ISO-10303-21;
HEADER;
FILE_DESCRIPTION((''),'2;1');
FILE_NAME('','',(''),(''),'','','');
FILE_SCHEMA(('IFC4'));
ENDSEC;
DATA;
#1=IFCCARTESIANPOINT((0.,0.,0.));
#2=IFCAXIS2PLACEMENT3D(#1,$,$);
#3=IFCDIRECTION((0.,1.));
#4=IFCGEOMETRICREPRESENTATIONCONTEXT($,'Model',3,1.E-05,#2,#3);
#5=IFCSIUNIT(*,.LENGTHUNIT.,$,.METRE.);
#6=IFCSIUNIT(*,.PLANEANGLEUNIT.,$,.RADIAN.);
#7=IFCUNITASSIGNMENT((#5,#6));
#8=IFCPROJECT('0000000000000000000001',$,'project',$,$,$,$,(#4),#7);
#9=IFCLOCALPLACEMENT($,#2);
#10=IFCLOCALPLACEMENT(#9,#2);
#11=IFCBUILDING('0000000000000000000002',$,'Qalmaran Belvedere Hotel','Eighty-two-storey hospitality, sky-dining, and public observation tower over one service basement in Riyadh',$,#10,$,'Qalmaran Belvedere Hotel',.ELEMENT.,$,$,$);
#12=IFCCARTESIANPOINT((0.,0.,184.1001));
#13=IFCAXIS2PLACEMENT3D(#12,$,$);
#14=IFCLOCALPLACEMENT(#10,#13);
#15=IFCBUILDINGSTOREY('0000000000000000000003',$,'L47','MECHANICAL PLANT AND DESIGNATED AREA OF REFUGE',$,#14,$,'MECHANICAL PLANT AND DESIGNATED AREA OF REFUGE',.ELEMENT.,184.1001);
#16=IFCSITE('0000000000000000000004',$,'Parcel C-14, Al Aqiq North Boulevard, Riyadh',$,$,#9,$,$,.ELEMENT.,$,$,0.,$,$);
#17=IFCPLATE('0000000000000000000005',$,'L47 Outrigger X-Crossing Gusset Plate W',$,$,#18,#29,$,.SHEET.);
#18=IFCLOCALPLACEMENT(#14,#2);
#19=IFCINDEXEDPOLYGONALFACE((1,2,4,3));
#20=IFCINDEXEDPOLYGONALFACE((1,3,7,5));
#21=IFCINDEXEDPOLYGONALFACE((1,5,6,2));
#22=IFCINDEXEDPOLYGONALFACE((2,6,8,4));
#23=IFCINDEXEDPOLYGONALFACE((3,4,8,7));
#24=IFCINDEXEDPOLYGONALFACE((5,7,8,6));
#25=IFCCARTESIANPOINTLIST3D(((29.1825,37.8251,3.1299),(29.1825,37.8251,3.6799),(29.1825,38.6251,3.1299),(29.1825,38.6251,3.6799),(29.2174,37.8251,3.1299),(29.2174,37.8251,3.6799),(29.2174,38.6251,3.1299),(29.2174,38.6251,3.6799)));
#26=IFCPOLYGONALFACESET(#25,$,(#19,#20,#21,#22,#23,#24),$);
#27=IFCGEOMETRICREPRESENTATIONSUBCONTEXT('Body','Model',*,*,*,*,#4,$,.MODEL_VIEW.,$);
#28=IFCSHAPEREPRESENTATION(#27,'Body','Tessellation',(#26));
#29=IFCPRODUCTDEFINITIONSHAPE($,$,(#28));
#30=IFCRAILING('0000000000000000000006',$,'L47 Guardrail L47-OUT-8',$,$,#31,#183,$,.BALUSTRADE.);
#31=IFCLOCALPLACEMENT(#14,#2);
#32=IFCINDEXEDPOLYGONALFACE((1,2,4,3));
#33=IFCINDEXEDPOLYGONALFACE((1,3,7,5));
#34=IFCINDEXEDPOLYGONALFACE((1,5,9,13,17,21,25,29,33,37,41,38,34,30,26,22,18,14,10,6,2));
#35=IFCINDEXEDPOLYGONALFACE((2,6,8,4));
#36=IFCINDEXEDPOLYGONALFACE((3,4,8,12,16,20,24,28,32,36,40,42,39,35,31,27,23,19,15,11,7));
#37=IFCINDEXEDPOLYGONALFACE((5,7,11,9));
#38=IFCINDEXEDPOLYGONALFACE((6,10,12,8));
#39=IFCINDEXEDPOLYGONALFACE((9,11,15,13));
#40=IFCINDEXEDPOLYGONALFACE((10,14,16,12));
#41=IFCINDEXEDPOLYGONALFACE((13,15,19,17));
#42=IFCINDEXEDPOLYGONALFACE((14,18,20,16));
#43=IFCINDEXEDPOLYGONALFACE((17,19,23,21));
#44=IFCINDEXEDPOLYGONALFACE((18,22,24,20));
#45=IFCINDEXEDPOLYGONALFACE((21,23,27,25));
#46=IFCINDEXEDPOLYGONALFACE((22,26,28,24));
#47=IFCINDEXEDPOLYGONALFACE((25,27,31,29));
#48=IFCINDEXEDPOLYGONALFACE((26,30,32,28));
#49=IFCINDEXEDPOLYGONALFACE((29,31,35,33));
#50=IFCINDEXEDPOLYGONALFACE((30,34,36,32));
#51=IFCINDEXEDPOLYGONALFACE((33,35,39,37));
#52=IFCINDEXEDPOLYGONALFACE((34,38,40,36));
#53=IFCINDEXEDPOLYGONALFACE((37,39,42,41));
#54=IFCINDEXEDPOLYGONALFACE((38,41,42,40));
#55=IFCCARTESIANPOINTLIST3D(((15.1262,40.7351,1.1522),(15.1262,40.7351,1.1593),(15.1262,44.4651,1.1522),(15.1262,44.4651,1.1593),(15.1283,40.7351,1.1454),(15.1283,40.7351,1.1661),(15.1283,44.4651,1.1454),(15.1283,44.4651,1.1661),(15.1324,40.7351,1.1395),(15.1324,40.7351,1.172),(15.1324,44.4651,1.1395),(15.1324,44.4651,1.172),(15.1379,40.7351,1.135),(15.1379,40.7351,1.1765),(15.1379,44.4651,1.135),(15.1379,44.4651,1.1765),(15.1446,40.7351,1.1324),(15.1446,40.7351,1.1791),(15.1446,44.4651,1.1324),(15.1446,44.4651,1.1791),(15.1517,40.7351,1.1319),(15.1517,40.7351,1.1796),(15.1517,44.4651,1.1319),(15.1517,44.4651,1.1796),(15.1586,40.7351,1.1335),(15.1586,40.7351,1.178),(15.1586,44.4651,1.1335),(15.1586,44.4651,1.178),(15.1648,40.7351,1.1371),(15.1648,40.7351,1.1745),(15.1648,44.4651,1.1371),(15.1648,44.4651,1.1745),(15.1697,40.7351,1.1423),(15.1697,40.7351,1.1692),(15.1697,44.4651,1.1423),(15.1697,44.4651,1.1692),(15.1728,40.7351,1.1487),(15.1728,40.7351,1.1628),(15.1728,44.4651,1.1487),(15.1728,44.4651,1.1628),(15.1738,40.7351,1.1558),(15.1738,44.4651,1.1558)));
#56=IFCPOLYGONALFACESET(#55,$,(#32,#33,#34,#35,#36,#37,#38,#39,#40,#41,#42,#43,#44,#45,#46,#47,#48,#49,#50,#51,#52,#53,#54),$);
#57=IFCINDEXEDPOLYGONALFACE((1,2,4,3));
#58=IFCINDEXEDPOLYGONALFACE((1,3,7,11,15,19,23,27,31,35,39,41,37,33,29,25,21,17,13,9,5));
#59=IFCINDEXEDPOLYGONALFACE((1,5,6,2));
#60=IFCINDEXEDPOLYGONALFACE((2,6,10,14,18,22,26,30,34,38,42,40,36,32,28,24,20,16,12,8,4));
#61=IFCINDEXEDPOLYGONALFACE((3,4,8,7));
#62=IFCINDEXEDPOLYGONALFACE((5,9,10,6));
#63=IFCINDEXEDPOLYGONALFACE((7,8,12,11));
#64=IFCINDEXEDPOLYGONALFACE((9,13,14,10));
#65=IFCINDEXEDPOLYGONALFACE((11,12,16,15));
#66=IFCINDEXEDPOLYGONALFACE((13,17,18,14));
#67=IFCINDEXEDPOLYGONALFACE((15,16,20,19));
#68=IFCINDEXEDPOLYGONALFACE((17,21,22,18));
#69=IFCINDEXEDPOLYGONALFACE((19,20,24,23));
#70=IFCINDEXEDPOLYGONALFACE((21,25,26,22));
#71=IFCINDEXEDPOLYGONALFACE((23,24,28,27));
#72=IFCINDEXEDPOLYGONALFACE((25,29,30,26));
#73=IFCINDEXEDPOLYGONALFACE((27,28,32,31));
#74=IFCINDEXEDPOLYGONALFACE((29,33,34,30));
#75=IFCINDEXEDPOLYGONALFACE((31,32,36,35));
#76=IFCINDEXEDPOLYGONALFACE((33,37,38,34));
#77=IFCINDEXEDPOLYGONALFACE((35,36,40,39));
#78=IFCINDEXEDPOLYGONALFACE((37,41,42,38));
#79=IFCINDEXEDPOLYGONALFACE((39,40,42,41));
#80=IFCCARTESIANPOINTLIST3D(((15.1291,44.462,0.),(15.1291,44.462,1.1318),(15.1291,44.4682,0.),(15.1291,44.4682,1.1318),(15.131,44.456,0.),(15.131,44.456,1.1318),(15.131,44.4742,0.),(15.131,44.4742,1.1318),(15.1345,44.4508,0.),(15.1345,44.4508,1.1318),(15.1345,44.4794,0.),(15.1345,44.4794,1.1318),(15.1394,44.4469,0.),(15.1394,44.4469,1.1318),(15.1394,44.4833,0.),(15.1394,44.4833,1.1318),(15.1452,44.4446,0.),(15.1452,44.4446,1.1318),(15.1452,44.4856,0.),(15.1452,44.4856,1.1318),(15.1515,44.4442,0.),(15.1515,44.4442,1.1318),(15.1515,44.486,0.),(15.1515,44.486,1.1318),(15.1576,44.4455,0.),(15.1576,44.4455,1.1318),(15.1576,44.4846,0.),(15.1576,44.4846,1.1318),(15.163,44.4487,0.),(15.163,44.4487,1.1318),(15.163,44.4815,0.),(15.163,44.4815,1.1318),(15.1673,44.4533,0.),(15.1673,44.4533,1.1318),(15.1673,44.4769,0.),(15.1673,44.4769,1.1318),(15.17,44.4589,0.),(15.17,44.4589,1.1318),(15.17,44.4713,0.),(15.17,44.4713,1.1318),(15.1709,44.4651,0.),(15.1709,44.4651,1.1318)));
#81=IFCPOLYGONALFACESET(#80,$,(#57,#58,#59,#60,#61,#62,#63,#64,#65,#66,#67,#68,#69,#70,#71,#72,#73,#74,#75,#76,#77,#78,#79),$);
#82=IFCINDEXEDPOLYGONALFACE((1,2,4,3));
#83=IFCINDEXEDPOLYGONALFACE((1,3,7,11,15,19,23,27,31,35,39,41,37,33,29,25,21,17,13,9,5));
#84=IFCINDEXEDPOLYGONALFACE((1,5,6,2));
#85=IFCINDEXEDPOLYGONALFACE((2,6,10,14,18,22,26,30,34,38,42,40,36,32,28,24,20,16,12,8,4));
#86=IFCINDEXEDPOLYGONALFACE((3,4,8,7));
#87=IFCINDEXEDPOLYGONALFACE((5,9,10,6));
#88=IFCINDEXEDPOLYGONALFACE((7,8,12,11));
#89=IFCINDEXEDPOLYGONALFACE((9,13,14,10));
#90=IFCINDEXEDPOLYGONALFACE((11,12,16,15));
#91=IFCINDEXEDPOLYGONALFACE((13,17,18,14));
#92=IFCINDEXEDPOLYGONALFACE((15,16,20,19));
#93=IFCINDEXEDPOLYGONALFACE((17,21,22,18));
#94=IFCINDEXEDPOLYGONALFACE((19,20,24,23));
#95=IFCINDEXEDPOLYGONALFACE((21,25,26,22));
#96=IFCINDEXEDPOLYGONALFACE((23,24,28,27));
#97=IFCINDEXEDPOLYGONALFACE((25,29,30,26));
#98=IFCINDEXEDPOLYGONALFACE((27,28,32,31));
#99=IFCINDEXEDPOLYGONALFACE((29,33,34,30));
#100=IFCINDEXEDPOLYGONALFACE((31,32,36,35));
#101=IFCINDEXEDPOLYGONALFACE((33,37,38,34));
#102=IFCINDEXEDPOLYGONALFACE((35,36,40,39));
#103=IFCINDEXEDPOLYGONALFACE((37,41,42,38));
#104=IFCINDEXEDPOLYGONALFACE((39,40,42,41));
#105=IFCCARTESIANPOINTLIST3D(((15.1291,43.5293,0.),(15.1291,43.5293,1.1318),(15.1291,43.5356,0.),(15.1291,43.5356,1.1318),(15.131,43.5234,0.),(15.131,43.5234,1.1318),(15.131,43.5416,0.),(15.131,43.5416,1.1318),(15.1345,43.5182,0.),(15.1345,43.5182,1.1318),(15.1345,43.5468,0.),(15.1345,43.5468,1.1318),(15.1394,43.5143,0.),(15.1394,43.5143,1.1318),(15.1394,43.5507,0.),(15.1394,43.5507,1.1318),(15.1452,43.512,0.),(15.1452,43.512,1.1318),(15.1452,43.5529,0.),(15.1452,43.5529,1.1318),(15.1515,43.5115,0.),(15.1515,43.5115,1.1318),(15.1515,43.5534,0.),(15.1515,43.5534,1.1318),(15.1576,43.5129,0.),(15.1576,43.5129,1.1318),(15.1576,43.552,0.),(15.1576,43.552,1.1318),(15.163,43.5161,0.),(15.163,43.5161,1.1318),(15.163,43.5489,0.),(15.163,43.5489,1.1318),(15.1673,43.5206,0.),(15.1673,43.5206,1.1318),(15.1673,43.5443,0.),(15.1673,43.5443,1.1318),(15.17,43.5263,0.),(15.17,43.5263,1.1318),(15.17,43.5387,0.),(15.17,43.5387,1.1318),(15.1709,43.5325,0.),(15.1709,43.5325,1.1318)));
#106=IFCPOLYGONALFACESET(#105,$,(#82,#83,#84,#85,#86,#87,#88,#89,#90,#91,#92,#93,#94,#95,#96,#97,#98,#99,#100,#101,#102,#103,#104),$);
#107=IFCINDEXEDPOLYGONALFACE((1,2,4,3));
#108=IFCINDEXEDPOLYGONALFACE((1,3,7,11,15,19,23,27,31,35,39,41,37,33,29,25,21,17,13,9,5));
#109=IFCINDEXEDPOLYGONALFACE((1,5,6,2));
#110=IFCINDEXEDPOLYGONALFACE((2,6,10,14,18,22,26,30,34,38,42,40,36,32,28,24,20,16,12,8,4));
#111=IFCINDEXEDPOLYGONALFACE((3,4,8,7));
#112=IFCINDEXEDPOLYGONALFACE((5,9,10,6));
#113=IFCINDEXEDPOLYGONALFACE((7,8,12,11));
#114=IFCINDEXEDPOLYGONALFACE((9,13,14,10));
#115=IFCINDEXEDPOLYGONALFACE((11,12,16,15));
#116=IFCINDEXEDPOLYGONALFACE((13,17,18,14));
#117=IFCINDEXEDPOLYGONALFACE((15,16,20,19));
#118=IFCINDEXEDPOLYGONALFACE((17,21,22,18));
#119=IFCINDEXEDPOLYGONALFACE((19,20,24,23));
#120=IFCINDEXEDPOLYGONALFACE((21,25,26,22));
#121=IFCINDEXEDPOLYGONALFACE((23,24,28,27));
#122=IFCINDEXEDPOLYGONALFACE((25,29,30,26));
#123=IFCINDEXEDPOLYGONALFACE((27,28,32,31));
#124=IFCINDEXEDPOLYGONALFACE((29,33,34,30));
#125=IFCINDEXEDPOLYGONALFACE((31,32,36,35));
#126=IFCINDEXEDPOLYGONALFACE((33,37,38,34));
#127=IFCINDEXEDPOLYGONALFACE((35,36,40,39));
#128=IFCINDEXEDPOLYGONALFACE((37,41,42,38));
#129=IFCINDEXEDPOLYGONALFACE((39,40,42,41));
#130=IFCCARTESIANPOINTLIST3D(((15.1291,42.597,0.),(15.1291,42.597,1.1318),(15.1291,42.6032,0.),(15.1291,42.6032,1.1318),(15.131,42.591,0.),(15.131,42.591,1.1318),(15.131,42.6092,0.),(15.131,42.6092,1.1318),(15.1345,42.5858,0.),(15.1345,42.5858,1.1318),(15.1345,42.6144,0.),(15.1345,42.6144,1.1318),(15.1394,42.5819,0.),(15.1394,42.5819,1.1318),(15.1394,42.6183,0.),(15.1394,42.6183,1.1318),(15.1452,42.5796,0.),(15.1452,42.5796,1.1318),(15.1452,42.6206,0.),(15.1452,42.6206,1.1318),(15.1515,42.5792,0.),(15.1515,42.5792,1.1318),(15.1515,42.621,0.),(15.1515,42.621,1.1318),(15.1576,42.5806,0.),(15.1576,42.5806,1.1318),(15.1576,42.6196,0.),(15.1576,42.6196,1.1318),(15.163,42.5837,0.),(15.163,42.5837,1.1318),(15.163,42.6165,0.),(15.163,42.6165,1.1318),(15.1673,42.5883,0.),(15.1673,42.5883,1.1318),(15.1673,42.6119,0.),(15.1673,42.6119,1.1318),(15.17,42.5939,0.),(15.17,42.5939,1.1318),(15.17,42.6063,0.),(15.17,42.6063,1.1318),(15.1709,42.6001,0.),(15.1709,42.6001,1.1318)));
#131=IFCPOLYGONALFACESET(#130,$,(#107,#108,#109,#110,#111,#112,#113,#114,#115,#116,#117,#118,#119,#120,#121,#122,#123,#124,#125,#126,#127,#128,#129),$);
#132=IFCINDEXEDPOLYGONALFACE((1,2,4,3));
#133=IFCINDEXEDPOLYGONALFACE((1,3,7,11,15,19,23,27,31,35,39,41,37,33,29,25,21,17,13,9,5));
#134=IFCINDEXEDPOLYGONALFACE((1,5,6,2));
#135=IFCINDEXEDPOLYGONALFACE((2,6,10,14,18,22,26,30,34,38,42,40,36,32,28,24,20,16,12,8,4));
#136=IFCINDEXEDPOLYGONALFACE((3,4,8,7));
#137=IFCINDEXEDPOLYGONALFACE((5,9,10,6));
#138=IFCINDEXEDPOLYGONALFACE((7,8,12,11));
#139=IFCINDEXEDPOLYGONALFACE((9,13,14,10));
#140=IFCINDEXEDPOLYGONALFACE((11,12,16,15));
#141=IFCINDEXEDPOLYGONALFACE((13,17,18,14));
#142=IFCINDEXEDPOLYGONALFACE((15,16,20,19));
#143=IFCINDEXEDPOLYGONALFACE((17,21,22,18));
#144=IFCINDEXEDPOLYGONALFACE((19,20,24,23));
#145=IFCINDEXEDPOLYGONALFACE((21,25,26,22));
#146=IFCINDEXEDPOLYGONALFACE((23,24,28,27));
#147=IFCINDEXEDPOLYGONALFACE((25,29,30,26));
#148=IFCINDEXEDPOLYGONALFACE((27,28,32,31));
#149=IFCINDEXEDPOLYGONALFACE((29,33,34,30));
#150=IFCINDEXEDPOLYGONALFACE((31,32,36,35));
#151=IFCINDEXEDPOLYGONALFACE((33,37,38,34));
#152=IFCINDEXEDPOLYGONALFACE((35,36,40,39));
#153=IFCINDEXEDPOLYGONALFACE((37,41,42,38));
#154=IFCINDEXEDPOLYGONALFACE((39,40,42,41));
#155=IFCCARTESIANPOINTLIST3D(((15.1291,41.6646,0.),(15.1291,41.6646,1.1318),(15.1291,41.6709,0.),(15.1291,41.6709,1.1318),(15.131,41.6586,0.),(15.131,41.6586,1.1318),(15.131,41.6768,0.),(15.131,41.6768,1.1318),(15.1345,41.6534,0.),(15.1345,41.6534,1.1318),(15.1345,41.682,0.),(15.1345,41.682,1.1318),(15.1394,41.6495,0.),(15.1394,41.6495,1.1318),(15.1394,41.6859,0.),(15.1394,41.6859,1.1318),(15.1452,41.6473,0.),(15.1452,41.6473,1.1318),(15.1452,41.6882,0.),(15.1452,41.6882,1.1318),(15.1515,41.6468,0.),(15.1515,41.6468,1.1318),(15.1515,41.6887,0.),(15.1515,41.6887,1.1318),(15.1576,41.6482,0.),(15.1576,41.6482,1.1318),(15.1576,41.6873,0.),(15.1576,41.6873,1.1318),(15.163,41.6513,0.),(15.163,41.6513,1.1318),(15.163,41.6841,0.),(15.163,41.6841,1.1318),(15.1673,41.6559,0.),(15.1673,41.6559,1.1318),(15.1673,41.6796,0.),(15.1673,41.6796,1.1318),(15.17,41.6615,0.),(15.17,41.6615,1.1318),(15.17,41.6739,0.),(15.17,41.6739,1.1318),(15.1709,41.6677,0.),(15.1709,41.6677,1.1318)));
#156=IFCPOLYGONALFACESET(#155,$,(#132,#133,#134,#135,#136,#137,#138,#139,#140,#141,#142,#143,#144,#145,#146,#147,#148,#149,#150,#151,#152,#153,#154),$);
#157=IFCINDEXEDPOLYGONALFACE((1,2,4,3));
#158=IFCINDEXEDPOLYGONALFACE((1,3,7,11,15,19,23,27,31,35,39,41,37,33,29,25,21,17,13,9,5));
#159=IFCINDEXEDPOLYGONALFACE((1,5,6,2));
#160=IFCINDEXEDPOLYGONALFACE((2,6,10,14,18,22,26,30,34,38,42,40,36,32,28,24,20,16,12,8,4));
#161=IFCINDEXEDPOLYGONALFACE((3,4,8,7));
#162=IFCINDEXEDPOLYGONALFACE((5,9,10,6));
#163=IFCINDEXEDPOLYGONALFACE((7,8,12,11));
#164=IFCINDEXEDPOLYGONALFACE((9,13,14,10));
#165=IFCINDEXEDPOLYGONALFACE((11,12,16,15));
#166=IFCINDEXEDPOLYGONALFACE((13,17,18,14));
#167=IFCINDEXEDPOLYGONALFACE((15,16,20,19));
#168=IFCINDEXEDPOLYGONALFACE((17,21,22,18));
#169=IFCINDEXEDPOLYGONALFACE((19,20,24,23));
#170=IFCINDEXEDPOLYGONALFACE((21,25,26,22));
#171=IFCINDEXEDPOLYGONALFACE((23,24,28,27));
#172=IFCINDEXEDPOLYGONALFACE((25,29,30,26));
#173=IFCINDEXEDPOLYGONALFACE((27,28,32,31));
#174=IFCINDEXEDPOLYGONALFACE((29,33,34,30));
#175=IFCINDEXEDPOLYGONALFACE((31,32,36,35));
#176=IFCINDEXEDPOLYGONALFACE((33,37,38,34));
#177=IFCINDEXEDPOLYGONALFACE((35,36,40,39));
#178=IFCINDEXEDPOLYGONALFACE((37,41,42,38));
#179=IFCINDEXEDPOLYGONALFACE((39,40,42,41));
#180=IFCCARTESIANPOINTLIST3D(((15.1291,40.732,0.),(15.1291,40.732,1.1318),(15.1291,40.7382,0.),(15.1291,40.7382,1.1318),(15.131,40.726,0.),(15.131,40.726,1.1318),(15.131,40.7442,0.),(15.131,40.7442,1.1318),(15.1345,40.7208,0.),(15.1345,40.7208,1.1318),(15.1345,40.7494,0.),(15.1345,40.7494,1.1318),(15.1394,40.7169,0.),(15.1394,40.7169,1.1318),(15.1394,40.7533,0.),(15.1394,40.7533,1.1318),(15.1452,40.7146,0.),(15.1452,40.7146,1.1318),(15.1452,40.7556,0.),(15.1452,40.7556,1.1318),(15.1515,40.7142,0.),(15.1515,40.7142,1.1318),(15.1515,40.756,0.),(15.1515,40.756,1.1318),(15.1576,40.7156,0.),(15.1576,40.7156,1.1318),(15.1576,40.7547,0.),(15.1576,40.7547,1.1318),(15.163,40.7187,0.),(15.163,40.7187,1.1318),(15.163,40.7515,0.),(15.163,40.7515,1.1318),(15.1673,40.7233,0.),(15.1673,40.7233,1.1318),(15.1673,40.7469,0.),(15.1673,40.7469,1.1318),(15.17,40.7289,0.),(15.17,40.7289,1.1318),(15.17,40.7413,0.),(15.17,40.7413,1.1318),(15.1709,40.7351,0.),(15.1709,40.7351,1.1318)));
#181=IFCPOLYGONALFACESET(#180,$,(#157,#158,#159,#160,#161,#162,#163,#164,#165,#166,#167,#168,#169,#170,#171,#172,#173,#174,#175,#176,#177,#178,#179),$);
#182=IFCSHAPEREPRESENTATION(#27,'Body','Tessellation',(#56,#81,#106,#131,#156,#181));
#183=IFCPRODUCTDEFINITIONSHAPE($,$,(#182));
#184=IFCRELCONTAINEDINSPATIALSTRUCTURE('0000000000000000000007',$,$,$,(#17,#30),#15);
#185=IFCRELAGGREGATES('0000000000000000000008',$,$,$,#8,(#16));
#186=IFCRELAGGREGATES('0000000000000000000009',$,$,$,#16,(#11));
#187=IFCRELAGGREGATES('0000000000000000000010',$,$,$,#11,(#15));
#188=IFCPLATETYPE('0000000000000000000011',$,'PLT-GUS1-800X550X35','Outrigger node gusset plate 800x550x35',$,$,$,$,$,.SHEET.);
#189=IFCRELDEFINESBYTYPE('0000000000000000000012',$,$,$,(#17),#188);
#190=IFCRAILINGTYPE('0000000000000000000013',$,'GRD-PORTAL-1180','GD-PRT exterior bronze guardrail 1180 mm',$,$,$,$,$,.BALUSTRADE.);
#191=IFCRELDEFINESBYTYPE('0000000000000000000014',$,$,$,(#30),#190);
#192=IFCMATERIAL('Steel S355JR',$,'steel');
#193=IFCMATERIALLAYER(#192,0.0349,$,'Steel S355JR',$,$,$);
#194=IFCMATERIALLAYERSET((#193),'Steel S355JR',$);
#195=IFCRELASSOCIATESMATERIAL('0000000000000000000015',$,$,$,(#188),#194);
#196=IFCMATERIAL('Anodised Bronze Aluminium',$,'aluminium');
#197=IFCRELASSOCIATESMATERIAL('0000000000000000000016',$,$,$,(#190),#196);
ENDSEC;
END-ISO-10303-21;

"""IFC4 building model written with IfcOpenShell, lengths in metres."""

from ifc_helpers import new_model, si_unit, direction, frame, origin, origin_2d, place, context, subcontext, project, spatial, rectangle, circle, extrude, material, layer, layer_set, type_object, element, save


model = new_model("IFC4")

# Units and contexts
model_context = context("Model", 3, precision=1e-05, world=origin(), true_north=direction((0.0, 1.0)))
body_context = subcontext(model_context, "Body", "Model", "MODEL_VIEW")
ifc_project = project(units=[si_unit("LENGTHUNIT", "METRE"), si_unit("PLANEANGLEUNIT", "RADIAN")], contexts=[model_context])

# Site, building, storey
site_placement = place(None, origin())
site = spatial("IfcSite", under=ifc_project, at=site_placement, Name="Parcel C-14, Al Aqiq North Boulevard, Riyadh", CompositionType="ELEMENT", RefElevation=0.0)
building_placement = place(site_placement, origin())
building = spatial("IfcBuilding", under=site, at=building_placement, Name="Qalmaran Belvedere Hotel", Description="Eighty-two-storey hospitality, sky-dining, and public observation tower over one service basement in Riyadh", LongName="Qalmaran Belvedere Hotel", CompositionType="ELEMENT")
storey_placement = place(building_placement, frame((0.0, 0.0, 184.1001)))
storey = spatial("IfcBuildingStorey", under=building, at=storey_placement, Name="L47", Description="MECHANICAL PLANT AND DESIGNATED AREA OF REFUGE", LongName="MECHANICAL PLANT AND DESIGNATED AREA OF REFUGE", CompositionType="ELEMENT", Elevation=184.1001)

# Shared definitions
ifc_material_1 = material(Name="Steel S355JR", Category="steel")

# Plate
ifc_layer_1 = layer(ifc_material_1, 0.0349, Name="Steel S355JR")
ifc_layer_set_1 = layer_set([ifc_layer_1], Name="Steel S355JR")
plate_type_1 = type_object("IfcPlateType", Name="PLT-GUS1-800X550X35", Description="Outrigger node gusset plate 800x550x35", PredefinedType="SHEET", material=ifc_layer_set_1)
for number, where, z_axis, x_axis, name in (
    (1, (29.2, 38.2251, 3.1299), (0.0, 0.0, 1.0), (0.0, 1.0, 0.0), "L47 Outrigger X-Crossing Gusset Plate W"),
):
    element("IfcPlate", number, at=place(storey_placement, frame(where, z_axis=z_axis, x_axis=x_axis)), inside=storey, type_object=plate_type_1, Name=name, PredefinedType="SHEET", context=body_context, shape_type="SweptSolid", body=[
        extrude(rectangle(XDim=0.8, YDim=0.0349, at=origin_2d()), origin(), (0.0, 0.0, 1.0), 0.55),
    ])

# Railing
ifc_material_2 = material(Name="Anodised Bronze Aluminium", Category="aluminium")
railing_type = type_object("IfcRailingType", Name="GRD-PORTAL-1180", Description="GD-PRT exterior bronze guardrail 1180 mm", PredefinedType="BALUSTRADE", material=ifc_material_2)
railing_1_placement = place(storey_placement, frame((15.1499, 44.4651, 0.0)))
element("IfcRailing", 2, at=railing_1_placement, inside=storey, type_object=railing_type, Name="L47 Guardrail L47-OUT-8", PredefinedType="BALUSTRADE", context=body_context, shape_type="SweptSolid", body=[
    extrude(circle(Radius=0.0239, at=origin_2d()), frame((0.0, 0.0, 1.1558), z_axis=(0.0, -1.0, 0.0), x_axis=(1.0, 0.0, 0.0)), (0.0, 0.0, 1.0), 3.73),
    extrude(circle(Radius=0.021, at=origin_2d()), origin(), (0.0, 0.0, 1.0), 1.1318),
    extrude(circle(Radius=0.021, at=origin_2d()), frame((0.0, -0.9326, 0.0)), (0.0, 0.0, 1.0), 1.1318),
    extrude(circle(Radius=0.021, at=origin_2d()), frame((0.0, -1.865, 0.0)), (0.0, 0.0, 1.0), 1.1318),
    extrude(circle(Radius=0.021, at=origin_2d()), frame((0.0, -2.7974, 0.0)), (0.0, 0.0, 1.0), 1.1318),
    extrude(circle(Radius=0.021, at=origin_2d()), frame((0.0, -3.73, 0.0)), (0.0, 0.0, 1.0), 1.1318),
])

save(model, "model.ifc")
